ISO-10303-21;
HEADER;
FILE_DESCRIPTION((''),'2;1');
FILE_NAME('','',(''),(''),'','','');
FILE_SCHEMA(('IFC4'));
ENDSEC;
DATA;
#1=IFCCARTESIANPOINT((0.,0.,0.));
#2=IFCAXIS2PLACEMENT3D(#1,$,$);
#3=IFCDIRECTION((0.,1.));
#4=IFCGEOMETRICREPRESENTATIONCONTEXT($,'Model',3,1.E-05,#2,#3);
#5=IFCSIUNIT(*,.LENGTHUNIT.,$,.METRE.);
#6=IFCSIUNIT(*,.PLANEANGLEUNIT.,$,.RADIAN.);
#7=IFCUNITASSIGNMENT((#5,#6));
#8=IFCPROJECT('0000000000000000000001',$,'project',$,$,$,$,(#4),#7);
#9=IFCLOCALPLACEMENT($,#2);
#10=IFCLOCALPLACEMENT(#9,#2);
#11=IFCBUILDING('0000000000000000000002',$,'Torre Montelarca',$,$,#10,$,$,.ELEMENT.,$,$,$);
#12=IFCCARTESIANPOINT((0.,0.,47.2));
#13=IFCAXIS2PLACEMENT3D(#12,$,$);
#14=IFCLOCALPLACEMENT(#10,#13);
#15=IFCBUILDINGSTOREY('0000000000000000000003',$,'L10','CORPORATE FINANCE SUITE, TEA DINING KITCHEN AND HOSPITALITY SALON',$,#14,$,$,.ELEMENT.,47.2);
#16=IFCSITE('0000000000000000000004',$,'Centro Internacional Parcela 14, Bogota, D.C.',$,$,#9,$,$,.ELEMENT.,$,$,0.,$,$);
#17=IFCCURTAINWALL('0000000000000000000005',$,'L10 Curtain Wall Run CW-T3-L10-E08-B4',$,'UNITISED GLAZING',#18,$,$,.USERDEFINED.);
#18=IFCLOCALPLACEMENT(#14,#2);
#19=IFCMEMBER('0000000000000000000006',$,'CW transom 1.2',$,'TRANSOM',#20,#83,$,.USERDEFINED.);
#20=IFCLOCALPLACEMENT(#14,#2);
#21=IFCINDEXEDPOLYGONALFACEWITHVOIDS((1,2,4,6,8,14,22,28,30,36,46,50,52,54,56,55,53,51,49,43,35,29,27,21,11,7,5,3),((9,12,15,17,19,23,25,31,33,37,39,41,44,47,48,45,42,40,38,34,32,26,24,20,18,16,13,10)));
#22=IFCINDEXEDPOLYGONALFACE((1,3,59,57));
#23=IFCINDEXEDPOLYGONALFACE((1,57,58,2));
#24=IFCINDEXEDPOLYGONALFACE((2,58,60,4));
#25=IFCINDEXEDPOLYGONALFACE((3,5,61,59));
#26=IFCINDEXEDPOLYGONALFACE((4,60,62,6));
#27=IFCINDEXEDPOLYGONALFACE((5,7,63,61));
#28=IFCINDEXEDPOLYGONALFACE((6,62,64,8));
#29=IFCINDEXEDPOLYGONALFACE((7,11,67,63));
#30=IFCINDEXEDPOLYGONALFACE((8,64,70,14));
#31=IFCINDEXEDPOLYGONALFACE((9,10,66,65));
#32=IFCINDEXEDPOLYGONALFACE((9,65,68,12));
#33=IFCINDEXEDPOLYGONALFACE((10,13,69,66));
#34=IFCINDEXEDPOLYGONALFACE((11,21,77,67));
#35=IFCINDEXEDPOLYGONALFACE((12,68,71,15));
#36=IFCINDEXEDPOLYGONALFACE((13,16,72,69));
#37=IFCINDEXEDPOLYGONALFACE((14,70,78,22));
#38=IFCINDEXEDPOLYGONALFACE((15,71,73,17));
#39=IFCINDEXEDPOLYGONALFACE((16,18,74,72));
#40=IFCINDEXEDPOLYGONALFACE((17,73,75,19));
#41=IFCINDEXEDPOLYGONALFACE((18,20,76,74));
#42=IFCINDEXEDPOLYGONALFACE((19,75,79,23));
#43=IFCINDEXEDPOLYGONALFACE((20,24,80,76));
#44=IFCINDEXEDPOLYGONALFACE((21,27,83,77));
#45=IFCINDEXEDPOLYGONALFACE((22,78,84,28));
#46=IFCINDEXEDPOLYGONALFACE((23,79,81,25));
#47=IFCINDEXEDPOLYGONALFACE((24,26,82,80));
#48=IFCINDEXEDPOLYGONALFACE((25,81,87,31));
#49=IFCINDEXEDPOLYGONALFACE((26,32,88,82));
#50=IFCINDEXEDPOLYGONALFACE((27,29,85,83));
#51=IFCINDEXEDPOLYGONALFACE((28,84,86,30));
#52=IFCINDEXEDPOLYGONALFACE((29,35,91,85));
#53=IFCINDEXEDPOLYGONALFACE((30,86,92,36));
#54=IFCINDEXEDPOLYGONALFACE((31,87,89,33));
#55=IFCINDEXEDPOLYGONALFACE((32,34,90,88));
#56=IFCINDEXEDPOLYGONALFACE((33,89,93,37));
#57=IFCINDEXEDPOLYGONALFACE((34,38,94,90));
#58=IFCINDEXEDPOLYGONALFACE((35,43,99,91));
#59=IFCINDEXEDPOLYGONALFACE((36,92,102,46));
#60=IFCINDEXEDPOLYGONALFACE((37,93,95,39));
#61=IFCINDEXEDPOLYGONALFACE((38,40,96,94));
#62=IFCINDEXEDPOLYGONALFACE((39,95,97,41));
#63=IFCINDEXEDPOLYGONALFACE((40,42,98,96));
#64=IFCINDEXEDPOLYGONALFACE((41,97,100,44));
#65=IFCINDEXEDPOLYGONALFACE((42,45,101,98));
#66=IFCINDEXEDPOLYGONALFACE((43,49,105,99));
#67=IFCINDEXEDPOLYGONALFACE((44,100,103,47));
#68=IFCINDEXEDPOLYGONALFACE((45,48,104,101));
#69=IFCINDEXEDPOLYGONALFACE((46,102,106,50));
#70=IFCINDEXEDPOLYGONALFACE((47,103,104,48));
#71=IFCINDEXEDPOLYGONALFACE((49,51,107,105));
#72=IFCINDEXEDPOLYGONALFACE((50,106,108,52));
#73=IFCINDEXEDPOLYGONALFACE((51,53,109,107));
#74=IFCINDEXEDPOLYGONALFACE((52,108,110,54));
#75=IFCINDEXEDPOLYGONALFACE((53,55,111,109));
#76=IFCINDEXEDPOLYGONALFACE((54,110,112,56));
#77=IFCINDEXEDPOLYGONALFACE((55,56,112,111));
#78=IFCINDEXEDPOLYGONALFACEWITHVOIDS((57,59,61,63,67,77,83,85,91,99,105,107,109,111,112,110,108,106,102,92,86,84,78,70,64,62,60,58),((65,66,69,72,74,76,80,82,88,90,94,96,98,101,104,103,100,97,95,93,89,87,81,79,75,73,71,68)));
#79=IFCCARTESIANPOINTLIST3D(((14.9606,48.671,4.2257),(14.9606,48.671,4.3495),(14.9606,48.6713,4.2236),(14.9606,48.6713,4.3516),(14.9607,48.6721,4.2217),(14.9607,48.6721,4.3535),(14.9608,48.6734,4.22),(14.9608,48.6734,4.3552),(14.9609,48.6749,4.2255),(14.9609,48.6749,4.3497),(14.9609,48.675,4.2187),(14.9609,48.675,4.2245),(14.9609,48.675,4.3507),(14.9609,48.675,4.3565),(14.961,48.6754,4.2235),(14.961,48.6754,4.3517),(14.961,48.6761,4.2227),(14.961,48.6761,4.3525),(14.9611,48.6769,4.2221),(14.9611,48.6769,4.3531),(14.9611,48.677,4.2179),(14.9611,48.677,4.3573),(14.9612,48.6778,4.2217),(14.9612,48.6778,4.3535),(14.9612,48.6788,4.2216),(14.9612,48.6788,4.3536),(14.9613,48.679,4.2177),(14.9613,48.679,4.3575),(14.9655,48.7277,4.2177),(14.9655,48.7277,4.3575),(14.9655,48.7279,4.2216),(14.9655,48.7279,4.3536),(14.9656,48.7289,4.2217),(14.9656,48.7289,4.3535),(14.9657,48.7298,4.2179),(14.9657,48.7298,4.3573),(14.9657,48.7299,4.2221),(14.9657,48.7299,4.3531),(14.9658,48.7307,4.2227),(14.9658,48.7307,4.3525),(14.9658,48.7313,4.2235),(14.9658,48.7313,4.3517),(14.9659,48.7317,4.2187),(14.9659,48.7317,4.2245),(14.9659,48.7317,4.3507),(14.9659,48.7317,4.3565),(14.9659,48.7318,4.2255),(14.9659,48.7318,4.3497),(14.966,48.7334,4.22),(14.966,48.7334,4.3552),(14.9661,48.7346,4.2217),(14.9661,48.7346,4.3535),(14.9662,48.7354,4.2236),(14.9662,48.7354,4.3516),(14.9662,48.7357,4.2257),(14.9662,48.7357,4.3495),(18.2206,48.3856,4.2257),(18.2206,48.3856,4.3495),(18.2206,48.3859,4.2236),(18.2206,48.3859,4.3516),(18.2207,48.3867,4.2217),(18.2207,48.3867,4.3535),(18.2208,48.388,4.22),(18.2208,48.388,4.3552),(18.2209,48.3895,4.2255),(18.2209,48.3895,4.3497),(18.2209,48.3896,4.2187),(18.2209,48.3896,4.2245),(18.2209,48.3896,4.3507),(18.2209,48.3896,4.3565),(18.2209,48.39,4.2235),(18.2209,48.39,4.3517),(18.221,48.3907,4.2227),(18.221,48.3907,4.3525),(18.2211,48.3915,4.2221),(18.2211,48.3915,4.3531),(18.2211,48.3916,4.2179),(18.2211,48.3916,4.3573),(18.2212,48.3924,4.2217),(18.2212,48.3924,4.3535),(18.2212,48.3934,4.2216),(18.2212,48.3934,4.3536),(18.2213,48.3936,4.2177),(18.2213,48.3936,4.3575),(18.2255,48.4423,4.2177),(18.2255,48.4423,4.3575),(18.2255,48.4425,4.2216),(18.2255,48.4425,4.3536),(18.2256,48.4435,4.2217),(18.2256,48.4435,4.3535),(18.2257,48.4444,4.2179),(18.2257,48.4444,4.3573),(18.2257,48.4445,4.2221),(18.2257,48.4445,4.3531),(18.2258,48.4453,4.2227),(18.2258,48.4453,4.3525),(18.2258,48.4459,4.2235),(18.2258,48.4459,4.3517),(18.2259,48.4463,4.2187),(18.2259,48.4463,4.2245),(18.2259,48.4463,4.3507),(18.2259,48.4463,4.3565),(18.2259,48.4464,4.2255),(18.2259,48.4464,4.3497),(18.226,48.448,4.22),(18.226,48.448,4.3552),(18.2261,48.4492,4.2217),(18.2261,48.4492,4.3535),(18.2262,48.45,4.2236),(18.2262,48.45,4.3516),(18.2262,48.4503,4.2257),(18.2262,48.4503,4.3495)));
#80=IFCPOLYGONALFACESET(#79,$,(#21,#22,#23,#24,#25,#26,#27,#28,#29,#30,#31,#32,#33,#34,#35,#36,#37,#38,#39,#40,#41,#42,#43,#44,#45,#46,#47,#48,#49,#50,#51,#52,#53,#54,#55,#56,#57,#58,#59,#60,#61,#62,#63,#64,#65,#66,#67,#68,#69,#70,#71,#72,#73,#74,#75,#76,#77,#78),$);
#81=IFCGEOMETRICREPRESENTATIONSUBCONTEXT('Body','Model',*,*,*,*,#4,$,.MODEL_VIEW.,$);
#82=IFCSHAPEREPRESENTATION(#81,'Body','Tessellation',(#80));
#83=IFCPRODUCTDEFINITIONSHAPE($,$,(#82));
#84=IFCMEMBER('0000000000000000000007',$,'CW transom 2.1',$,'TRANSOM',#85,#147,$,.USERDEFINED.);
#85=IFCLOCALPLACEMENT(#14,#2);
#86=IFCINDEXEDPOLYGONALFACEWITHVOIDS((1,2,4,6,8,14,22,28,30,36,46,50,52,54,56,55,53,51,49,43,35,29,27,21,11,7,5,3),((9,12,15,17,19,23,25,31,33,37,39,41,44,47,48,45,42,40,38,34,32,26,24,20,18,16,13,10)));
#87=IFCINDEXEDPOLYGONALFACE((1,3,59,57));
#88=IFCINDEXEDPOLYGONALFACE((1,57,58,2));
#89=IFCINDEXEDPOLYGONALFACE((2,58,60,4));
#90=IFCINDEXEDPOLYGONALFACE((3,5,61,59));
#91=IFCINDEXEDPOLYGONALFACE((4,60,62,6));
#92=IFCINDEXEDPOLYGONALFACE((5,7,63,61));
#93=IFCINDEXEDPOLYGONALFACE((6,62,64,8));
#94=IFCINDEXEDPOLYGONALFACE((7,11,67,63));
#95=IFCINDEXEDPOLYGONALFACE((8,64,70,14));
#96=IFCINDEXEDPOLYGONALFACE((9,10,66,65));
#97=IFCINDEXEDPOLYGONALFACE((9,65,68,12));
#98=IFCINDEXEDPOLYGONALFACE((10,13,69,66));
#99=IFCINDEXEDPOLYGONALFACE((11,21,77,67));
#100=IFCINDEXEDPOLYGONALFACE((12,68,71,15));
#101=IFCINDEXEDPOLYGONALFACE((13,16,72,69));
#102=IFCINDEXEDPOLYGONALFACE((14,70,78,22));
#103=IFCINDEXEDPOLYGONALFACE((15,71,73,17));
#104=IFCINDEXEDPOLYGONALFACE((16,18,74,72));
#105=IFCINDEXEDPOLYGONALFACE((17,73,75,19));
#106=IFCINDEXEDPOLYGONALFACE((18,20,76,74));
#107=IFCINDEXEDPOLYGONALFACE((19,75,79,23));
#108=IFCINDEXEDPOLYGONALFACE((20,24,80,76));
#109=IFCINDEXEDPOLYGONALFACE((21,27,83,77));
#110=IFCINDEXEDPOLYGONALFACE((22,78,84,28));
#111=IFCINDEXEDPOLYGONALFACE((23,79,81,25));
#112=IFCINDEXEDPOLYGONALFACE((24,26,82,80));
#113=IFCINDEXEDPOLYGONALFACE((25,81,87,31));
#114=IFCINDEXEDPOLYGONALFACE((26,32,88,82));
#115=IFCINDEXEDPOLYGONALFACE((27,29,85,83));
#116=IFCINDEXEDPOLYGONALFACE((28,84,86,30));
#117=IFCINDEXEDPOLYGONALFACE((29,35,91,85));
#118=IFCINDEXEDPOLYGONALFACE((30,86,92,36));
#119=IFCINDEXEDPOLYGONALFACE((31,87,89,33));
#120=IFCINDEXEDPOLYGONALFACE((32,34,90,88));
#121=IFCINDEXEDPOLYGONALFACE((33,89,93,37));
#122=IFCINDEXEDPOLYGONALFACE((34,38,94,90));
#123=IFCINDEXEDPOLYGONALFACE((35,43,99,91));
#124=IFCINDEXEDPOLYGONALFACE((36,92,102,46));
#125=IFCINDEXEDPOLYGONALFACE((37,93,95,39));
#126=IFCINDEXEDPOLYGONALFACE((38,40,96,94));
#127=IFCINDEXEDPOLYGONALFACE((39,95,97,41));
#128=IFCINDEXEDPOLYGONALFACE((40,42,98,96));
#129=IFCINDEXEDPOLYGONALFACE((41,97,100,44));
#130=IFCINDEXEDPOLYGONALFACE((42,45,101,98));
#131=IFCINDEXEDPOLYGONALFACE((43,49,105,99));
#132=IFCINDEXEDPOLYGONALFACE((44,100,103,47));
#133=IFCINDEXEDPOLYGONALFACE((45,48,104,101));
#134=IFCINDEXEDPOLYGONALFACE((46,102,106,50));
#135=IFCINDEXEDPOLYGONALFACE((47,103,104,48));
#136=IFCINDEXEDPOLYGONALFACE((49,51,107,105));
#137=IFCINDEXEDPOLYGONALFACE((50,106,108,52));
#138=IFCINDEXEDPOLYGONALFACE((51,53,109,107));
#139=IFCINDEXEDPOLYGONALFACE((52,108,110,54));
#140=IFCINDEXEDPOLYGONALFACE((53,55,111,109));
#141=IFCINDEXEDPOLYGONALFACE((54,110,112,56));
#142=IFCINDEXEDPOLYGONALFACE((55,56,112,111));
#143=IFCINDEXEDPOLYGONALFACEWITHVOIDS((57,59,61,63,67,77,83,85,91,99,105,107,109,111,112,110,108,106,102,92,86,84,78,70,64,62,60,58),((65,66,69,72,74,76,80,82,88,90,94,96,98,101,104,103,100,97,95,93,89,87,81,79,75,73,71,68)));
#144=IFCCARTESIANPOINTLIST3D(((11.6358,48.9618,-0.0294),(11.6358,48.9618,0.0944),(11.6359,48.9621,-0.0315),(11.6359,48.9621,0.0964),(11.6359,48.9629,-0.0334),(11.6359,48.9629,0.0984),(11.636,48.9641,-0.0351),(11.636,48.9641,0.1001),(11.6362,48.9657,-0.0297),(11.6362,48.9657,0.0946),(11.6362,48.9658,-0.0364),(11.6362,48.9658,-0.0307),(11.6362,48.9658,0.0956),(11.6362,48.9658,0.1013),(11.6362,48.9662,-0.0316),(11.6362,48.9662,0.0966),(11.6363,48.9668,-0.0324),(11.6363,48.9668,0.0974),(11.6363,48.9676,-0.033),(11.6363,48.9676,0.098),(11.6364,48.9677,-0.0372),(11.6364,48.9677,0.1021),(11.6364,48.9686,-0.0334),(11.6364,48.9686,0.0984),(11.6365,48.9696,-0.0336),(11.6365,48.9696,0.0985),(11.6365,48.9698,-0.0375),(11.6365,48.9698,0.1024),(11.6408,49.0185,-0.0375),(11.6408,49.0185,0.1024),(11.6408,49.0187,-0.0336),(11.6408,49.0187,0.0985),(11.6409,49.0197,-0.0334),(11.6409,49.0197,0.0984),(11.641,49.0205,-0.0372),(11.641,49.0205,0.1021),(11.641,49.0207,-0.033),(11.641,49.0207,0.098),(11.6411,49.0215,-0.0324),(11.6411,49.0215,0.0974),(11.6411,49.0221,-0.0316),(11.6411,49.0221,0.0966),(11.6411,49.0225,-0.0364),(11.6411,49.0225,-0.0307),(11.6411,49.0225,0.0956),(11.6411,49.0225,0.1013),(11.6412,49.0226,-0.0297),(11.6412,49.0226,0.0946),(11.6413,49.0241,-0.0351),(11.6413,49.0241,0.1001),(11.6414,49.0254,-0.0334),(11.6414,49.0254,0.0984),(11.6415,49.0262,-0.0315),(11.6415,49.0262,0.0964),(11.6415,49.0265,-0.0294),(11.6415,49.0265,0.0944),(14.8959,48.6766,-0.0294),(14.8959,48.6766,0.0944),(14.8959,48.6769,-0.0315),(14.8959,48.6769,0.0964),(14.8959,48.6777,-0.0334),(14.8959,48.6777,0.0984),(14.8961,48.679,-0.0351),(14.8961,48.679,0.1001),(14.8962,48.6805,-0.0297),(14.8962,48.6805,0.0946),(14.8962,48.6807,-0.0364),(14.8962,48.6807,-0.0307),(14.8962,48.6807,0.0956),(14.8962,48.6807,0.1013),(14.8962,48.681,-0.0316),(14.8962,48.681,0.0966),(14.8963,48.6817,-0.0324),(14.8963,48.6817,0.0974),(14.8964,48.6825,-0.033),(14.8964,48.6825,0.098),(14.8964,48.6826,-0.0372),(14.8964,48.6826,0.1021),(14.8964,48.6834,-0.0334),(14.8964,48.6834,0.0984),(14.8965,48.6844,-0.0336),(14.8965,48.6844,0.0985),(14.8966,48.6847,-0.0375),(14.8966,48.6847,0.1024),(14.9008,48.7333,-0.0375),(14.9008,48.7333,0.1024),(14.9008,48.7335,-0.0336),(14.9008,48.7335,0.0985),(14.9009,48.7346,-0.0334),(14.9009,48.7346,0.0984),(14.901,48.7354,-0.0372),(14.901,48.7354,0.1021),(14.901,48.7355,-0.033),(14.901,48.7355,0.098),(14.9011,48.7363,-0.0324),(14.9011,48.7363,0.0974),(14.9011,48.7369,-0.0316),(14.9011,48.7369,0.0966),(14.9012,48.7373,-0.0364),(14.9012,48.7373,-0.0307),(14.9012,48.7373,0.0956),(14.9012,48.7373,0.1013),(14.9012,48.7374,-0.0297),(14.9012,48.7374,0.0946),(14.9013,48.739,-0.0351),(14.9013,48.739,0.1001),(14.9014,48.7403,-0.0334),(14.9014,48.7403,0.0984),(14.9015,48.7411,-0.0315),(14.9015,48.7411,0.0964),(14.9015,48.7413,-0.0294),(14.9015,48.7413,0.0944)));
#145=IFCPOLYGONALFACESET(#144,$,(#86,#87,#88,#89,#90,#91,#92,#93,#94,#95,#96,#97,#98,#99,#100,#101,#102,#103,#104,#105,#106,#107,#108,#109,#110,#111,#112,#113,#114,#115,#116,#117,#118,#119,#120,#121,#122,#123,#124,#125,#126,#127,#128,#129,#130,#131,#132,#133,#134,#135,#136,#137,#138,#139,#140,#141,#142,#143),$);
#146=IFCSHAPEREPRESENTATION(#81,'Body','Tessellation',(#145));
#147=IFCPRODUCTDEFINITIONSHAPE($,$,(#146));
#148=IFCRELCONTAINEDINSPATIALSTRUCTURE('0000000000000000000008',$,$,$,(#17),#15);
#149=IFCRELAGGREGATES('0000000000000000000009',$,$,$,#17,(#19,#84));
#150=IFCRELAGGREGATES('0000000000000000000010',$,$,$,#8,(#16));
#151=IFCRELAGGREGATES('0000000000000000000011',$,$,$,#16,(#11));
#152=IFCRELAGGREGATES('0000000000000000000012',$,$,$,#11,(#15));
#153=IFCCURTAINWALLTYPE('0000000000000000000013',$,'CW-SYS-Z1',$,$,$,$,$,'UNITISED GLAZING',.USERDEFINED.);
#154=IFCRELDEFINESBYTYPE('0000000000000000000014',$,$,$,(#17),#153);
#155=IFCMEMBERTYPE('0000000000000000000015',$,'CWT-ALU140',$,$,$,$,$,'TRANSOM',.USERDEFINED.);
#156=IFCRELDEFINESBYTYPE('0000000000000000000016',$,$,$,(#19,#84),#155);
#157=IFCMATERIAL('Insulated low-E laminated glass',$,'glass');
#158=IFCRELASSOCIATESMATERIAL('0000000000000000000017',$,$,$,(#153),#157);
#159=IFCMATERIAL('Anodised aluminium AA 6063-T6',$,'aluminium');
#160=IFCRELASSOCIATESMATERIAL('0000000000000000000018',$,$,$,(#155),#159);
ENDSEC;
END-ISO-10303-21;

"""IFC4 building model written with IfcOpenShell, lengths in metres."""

from ifc_helpers import new_model, si_unit, direction, frame, origin, origin_2d, place, context, subcontext, project, spatial, hollow_rectangle, extrude, source, transform, mapped, material, material_profile, profile_set, type_object, element, aggregate, save


model = new_model("IFC4")

# Units and contexts
model_context = context("Model", 3, precision=1e-05, world=origin(), true_north=direction((0.0, 1.0)))
body_context = subcontext(model_context, "Body", "Model", "MODEL_VIEW")
ifc_project = project(units=[si_unit("LENGTHUNIT", "METRE"), si_unit("PLANEANGLEUNIT", "RADIAN")], contexts=[model_context])

# Site, building, storey
site_placement = place(None, origin())
site = spatial("IfcSite", under=ifc_project, at=site_placement, Name="Centro Internacional Parcela 14, Bogota, D.C.", CompositionType="ELEMENT", RefElevation=0.0)
building_placement = place(site_placement, origin())
building = spatial("IfcBuilding", under=site, at=building_placement, Name="Torre Montelarca", CompositionType="ELEMENT")
storey_placement = place(building_placement, frame((0.0, 0.0, 47.2)))
storey = spatial("IfcBuildingStorey", under=building, at=storey_placement, Name="L10", Description="CORPORATE FINANCE SUITE, TEA DINING KITCHEN AND HOSPITALITY SALON", CompositionType="ELEMENT", Elevation=47.2)

# Shared definitions
ifc_material_1 = material(Name="Insulated low-E laminated glass", Category="glass")
curtain_wall_type = type_object("IfcCurtainWallType", Name="CW-SYS-Z1", ElementType="UNITISED GLAZING", PredefinedType="USERDEFINED", material=ifc_material_1)
ifc_material_2 = material(Name="Anodised aluminium AA 6063-T6", Category="aluminium")

# Curtain wall
curtain_wall_1_placement = place(storey_placement, origin())
curtain_wall_1 = element("IfcCurtainWall", 1, at=curtain_wall_1_placement, inside=storey, type_object=curtain_wall_type, Name="L10 Curtain Wall Run CW-T3-L10-E08-B4", ObjectType="UNITISED GLAZING", PredefinedType="USERDEFINED")

# Members
ifc_material_profile_1 = material_profile(ifc_material_2, hollow_rectangle(XDim=0.0649, YDim=0.1399, WallThickness=0.0039, InnerFilletRadius=0.0039, OuterFilletRadius=0.0081, at=origin_2d()), Name="ALU65X140X4", Category="aluminium")
ifc_profile_set_1 = profile_set([ifc_material_profile_1], Name="Anodised aluminium AA 6063-T6")
member_type_1 = type_object("IfcMemberType", Name="CWT-ALU140", ElementType="TRANSOM", PredefinedType="USERDEFINED", material=ifc_profile_set_1)
shared_shape_1 = source(origin(), body_context, "Body", "SweptSolid", [
    extrude(hollow_rectangle(XDim=0.0649, YDim=0.1399, WallThickness=0.0039, InnerFilletRadius=0.0039, OuterFilletRadius=0.0081, at=origin_2d()), origin(), (0.0, 0.0, 1.0), 3.2725),
])
member_1_placement = place(storey_placement, frame((18.2234, 48.418, 4.2876), z_axis=(-0.99619, 0.087212, 0.0), x_axis=(-0.087212, -0.99619, 0.0)))
member_1 = element("IfcMember", 2, at=member_1_placement, type_object=member_type_1, Name="CW transom 1.2", ObjectType="TRANSOM", PredefinedType="USERDEFINED", context=body_context, shape_type="MappedRepresentation", body=[
    mapped(shared_shape_1, transform((0.0, 0.0, 0.0), scale=1.0)),
])
member_2_placement = place(storey_placement, frame((14.8987, 48.709, 0.0325), z_axis=(-0.996196, 0.087138, 0.0), x_axis=(-0.087138, -0.996196, 0.0)))
member_2 = element("IfcMember", 3, at=member_2_placement, type_object=member_type_1, Name="CW transom 2.1", ObjectType="TRANSOM", PredefinedType="USERDEFINED", context=body_context, shape_type="MappedRepresentation", body=[
    mapped(shared_shape_1, transform((0.0, 0.0, 0.0), scale=1.0)),
])

aggregate(curtain_wall_1, [member_1, member_2])

save(model, "model.ifc")
